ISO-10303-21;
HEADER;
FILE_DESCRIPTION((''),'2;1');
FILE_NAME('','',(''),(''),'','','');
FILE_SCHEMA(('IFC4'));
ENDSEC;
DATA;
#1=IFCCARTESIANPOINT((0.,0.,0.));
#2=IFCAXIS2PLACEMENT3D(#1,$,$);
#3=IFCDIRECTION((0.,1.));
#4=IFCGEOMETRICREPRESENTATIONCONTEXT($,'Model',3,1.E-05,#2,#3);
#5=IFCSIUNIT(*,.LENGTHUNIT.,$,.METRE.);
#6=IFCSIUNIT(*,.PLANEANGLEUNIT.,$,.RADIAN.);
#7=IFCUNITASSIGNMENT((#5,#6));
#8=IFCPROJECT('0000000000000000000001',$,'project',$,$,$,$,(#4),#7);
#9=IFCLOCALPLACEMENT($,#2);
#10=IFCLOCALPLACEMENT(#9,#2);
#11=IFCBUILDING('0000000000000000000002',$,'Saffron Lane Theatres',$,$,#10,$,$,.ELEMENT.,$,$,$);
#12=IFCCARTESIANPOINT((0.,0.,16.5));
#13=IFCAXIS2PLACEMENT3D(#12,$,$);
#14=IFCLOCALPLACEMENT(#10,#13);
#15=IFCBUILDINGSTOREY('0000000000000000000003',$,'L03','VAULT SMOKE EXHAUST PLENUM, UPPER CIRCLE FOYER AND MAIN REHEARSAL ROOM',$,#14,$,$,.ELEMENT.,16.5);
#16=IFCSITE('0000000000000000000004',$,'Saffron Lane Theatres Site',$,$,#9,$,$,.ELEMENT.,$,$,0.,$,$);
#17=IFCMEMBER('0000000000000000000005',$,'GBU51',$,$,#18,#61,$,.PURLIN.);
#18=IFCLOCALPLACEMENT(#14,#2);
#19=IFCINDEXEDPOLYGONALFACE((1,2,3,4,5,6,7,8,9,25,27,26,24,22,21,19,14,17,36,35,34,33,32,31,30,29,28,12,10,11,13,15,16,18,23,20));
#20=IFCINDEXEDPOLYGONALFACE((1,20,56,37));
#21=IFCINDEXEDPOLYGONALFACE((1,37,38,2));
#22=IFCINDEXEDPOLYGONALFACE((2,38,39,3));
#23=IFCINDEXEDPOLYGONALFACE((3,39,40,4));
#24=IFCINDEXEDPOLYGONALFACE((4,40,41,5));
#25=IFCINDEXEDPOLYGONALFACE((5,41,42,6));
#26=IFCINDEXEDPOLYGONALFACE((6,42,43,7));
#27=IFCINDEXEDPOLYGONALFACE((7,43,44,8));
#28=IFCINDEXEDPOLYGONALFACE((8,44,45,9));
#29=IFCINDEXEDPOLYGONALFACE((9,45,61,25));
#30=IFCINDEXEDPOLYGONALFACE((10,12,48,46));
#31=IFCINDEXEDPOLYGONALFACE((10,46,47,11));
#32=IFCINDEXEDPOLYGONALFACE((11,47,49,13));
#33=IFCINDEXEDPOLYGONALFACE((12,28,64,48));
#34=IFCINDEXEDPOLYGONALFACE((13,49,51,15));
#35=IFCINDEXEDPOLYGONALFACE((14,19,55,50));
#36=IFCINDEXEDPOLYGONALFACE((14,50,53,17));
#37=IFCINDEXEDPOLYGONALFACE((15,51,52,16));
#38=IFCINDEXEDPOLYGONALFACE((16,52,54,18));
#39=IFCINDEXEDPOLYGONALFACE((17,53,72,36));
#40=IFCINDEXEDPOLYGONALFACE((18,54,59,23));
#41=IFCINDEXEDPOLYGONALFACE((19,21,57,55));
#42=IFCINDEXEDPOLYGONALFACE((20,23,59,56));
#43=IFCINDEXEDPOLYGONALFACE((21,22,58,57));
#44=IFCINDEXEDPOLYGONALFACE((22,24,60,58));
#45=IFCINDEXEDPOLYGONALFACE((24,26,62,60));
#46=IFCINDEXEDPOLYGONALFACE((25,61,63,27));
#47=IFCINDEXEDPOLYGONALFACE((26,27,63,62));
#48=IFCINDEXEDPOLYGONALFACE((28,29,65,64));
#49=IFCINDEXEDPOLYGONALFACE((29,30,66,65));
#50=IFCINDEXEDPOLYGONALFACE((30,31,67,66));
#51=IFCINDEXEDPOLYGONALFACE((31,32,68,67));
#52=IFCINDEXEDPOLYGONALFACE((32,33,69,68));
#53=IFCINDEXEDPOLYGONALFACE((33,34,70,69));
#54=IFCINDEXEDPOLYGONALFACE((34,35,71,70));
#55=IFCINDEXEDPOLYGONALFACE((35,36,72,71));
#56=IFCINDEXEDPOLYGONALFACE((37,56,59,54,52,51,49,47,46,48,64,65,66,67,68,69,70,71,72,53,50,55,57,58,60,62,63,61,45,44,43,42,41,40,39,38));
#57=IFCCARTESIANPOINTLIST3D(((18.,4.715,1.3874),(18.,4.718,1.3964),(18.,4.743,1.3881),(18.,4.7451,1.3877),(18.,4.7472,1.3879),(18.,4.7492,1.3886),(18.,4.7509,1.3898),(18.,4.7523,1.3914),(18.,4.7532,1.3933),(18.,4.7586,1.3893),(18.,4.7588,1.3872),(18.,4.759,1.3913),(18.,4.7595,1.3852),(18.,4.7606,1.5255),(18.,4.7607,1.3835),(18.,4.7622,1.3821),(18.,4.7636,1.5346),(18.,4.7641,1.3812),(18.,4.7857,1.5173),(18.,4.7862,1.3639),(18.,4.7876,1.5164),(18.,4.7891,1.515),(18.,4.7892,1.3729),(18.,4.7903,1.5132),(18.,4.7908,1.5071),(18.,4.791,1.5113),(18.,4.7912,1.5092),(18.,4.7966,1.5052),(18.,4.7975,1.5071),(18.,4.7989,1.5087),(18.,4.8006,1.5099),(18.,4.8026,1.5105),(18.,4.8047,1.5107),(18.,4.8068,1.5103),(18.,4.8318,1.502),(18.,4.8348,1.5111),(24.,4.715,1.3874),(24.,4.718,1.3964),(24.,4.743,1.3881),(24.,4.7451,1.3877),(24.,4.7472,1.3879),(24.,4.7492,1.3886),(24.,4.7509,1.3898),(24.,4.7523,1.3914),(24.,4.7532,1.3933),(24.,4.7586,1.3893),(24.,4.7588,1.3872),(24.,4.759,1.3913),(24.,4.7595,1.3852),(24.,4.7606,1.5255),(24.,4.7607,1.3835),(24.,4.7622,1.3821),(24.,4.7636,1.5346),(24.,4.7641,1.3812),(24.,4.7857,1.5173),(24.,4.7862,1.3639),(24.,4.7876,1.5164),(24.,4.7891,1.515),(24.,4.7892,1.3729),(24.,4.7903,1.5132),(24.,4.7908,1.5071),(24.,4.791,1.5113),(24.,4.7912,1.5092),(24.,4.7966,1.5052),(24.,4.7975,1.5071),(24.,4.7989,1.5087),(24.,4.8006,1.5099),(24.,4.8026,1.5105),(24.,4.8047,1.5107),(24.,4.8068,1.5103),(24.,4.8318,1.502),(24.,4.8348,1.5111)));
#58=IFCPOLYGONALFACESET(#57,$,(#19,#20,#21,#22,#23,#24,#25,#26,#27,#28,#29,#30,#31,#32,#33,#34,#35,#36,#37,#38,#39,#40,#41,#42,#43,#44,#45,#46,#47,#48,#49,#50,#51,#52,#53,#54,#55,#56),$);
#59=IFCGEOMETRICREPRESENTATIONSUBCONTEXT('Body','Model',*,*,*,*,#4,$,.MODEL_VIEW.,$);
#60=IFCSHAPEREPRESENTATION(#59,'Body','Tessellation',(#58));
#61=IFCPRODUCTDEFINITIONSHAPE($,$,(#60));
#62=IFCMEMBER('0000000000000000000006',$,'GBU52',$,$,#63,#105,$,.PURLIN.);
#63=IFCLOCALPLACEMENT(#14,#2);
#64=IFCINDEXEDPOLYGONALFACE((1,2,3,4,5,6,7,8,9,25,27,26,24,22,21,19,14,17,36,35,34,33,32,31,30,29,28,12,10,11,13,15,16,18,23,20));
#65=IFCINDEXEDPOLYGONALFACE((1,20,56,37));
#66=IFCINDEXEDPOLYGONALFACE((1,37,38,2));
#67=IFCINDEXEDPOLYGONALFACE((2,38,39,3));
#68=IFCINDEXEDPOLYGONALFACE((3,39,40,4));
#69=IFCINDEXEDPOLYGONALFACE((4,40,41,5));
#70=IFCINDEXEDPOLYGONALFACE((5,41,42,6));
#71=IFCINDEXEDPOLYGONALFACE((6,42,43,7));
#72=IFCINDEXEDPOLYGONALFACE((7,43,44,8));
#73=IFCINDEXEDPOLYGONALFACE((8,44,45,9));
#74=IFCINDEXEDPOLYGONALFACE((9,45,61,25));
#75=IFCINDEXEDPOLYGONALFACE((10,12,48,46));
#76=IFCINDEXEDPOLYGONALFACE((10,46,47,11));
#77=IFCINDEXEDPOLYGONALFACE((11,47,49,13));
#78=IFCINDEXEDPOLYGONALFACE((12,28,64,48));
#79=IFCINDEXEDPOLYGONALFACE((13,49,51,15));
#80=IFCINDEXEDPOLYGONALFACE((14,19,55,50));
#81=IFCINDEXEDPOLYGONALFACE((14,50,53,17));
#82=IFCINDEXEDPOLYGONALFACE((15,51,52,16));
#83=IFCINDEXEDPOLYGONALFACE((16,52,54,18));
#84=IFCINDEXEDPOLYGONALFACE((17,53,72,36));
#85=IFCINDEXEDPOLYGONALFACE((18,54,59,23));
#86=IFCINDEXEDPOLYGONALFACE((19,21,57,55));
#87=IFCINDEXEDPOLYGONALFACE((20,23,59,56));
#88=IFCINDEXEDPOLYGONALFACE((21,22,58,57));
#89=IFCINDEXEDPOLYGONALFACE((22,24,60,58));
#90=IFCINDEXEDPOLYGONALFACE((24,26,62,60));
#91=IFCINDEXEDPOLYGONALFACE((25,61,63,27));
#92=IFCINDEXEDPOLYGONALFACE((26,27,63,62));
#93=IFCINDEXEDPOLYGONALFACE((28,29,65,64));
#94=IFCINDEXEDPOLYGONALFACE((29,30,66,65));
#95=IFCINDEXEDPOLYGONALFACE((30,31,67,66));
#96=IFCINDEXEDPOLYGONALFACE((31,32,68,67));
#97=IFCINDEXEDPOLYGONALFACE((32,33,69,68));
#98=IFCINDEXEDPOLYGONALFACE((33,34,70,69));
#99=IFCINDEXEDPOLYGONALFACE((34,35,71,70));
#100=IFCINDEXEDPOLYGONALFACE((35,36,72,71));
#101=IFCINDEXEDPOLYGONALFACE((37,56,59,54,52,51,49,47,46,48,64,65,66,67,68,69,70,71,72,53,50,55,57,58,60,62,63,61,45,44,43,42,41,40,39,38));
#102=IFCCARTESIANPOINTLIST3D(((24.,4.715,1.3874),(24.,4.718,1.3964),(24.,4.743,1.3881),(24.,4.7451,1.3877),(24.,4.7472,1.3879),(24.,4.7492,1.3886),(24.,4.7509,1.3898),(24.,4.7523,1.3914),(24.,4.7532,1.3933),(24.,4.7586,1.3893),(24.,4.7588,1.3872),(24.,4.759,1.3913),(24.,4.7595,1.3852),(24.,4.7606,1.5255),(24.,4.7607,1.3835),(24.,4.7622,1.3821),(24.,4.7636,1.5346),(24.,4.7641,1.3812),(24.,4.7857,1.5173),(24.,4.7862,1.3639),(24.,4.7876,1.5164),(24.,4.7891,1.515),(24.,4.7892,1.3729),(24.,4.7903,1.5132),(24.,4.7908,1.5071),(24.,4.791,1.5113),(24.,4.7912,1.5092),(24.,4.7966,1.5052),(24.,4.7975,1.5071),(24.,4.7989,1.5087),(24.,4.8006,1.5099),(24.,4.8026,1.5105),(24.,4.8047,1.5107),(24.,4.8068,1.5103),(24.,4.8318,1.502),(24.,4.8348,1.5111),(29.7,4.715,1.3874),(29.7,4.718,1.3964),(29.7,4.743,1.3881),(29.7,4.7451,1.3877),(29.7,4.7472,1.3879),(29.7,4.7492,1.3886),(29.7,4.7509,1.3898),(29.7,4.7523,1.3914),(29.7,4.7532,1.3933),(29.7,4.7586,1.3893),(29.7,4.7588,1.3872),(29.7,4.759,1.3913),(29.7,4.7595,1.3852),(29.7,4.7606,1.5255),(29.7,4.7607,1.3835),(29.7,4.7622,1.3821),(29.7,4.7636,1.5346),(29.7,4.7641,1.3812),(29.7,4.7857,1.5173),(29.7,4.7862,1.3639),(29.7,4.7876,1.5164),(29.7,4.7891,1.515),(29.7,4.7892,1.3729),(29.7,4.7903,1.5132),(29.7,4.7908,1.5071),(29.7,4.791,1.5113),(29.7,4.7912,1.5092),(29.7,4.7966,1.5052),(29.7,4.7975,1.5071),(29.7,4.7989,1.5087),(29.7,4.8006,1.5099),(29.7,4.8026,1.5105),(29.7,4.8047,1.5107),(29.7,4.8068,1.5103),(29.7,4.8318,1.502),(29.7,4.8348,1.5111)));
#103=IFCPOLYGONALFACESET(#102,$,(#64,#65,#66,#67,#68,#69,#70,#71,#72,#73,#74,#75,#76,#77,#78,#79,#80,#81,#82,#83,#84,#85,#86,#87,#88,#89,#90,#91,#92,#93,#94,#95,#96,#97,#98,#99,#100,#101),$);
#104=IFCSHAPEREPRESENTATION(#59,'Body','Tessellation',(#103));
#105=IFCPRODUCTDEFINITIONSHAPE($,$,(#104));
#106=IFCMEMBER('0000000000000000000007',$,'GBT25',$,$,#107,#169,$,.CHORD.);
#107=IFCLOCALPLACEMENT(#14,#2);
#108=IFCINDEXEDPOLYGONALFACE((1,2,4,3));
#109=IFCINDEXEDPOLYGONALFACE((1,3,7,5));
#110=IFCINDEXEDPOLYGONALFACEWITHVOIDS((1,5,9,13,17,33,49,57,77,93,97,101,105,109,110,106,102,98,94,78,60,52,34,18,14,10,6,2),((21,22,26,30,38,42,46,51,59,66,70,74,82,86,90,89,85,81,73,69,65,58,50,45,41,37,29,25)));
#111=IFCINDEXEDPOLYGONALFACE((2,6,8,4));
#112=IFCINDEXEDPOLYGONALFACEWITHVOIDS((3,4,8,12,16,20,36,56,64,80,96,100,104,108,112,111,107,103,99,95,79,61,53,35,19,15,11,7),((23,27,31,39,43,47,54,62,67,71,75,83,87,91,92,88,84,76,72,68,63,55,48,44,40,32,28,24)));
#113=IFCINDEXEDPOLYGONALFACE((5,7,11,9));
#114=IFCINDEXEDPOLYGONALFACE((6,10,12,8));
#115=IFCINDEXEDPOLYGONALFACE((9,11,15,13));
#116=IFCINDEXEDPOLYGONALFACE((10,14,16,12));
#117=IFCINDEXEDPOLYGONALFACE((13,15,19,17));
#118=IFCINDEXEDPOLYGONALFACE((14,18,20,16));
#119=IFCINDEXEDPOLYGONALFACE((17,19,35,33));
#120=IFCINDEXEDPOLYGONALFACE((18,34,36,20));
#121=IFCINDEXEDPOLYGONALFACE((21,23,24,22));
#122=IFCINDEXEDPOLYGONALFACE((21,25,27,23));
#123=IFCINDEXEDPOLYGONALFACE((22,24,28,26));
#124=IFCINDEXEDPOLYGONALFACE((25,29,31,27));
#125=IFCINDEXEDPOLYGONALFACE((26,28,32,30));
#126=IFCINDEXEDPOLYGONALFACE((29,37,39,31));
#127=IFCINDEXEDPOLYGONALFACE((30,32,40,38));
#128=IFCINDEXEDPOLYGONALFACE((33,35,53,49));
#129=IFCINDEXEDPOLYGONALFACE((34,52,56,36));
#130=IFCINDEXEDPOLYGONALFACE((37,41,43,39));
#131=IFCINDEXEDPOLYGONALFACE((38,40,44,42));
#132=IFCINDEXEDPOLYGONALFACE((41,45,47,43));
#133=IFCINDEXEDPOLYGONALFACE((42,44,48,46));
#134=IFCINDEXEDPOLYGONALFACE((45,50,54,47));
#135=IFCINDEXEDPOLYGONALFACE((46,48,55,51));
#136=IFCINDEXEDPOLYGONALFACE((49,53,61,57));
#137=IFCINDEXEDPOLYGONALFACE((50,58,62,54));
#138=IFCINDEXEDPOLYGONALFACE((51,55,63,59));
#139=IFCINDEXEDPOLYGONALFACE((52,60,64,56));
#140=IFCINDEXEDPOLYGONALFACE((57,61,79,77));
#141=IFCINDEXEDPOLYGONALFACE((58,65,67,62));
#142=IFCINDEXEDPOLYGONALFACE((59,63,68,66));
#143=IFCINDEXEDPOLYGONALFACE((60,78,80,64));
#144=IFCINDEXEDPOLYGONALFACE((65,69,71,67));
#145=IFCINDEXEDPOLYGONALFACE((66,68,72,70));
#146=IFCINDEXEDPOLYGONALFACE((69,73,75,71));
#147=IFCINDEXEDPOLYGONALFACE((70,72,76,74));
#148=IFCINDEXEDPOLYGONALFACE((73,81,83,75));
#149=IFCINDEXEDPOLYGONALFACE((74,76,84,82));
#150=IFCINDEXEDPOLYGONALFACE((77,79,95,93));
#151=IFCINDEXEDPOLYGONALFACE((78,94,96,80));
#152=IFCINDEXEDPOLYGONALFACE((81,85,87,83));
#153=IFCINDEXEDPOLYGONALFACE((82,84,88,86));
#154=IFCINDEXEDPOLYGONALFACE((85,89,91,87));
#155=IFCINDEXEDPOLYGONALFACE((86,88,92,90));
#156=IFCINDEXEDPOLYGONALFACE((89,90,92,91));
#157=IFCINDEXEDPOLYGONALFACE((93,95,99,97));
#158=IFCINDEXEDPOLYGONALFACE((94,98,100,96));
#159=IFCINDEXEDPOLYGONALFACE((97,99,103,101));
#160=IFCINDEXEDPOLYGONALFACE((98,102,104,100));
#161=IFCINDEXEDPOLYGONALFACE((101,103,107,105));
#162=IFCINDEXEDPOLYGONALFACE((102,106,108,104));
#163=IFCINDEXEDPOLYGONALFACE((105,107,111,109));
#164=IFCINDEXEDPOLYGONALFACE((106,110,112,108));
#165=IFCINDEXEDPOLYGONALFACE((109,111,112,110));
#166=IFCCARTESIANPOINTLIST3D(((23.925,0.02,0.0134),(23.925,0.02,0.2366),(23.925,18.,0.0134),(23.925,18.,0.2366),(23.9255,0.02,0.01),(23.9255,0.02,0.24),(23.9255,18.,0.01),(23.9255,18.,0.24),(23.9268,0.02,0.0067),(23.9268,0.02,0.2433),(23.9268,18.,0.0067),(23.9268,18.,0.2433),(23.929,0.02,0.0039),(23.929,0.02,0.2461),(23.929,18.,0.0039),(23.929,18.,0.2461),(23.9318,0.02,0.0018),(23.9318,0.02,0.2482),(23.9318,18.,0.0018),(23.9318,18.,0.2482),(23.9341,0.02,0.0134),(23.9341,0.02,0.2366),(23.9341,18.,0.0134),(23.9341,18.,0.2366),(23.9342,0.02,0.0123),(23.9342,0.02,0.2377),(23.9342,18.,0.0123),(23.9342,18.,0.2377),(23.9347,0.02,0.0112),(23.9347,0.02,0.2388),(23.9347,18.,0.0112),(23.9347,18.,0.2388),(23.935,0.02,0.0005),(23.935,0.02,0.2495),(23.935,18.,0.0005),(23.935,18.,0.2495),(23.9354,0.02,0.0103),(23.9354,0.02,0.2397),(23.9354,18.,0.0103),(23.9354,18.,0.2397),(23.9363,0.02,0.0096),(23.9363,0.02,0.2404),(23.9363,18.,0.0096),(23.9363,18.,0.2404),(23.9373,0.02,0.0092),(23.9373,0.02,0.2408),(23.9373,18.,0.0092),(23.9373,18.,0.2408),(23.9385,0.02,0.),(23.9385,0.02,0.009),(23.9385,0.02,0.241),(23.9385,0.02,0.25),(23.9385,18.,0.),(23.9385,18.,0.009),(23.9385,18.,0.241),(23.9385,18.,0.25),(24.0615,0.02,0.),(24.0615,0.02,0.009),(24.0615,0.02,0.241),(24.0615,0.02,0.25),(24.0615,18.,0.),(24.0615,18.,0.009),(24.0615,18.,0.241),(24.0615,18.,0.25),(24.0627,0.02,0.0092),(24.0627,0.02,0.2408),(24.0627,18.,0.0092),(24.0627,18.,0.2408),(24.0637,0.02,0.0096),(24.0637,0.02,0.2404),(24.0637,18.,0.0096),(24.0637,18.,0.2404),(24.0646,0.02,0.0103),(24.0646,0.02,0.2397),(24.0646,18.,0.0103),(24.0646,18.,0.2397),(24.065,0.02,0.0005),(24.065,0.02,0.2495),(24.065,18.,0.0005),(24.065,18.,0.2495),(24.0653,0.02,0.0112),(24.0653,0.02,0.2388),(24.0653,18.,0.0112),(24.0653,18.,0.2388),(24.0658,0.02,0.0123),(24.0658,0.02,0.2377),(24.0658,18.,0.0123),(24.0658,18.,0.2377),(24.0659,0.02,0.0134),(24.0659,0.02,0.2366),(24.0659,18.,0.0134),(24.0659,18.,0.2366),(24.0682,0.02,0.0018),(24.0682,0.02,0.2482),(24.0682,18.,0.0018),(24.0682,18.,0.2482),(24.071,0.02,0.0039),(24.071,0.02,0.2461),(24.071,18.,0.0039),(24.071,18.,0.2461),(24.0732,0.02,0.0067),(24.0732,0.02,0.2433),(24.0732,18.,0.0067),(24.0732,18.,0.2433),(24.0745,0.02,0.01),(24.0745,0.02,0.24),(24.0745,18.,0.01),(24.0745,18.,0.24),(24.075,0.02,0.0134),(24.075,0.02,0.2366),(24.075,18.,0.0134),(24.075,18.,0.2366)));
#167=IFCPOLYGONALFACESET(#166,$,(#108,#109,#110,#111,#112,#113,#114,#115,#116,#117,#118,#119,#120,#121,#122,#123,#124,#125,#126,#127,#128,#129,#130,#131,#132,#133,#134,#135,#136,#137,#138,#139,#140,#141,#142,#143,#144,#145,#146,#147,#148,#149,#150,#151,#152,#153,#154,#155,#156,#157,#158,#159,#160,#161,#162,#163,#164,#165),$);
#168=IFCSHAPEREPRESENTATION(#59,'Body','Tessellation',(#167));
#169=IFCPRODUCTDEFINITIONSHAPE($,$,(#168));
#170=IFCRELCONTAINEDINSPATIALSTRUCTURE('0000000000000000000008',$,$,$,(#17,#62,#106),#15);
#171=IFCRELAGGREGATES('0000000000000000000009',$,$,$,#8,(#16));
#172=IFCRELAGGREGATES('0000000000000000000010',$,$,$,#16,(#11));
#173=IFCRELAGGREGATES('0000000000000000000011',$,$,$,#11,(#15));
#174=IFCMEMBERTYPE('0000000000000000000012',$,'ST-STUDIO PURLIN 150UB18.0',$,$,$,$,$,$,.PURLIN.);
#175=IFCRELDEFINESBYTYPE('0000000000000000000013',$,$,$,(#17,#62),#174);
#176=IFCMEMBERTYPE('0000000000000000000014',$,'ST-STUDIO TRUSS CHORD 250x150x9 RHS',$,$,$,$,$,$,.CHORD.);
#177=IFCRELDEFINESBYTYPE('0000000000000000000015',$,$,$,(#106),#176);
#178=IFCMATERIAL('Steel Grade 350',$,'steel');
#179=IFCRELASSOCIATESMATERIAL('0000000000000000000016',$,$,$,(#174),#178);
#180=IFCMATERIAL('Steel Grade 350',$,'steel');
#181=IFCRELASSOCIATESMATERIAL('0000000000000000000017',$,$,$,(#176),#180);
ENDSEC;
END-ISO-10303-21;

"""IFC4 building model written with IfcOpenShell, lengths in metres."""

from ifc_helpers import new_model, si_unit, direction, frame, origin, origin_2d, place, context, subcontext, project, spatial, hollow_rectangle, i_section, extrude, material, material_profile, profile_set, type_object, element, save


model = new_model("IFC4")

# Units and contexts
model_context = context("Model", 3, precision=1e-05, world=origin(), true_north=direction((0.0, 1.0)))
body_context = subcontext(model_context, "Body", "Model", "MODEL_VIEW")
ifc_project = project(units=[si_unit("LENGTHUNIT", "METRE"), si_unit("PLANEANGLEUNIT", "RADIAN")], contexts=[model_context])

# Site, building, storey
site_placement = place(None, origin())
site = spatial("IfcSite", under=ifc_project, at=site_placement, Name="Saffron Lane Theatres Site", CompositionType="ELEMENT", RefElevation=0.0)
building_placement = place(site_placement, origin())
building = spatial("IfcBuilding", under=site, at=building_placement, Name="Saffron Lane Theatres", CompositionType="ELEMENT")
storey_placement = place(building_placement, frame((0.0, 0.0, 16.5)))
storey = spatial("IfcBuildingStorey", under=building, at=storey_placement, Name="L03", Description="VAULT SMOKE EXHAUST PLENUM, UPPER CIRCLE FOYER AND MAIN REHEARSAL ROOM", CompositionType="ELEMENT", Elevation=16.5)

# Members
ifc_material_1 = material(Name="Steel Grade 350", Category="steel")
ifc_material_profile_1 = material_profile(ifc_material_1, i_section(OverallWidth=0.075, OverallDepth=0.155, WebThickness=0.0061, FlangeThickness=0.0095, FilletRadius=0.0081, at=origin_2d()))
ifc_profile_set_1 = profile_set([ifc_material_profile_1], Name="Steel Grade 350")
member_type_1 = type_object("IfcMemberType", Name="ST-STUDIO PURLIN 150UB18.0", PredefinedType="PURLIN", material=ifc_profile_set_1)
member_1_placement = place(storey_placement, frame((18.0, 4.7749, 1.4492), z_axis=(1.0, 0.0, 0.0), x_axis=(0.0, 0.949629, -0.313377)))
element("IfcMember", 1, at=member_1_placement, inside=storey, type_object=member_type_1, Name="GBU51", PredefinedType="PURLIN", context=body_context, shape_type="SweptSolid", body=[
    extrude(i_section(OverallWidth=0.075, OverallDepth=0.155, WebThickness=0.0061, FlangeThickness=0.0095, FilletRadius=0.0081, at=origin_2d()), origin(), (0.0, 0.0, 1.0), 6.0),
])
member_2_placement = place(storey_placement, frame((24.0, 4.7749, 1.4492), z_axis=(1.0, 0.0, 0.0), x_axis=(0.0, 0.949629, -0.313377)))
element("IfcMember", 2, at=member_2_placement, inside=storey, type_object=member_type_1, Name="GBU52", PredefinedType="PURLIN", context=body_context, shape_type="SweptSolid", body=[
    extrude(i_section(OverallWidth=0.075, OverallDepth=0.155, WebThickness=0.0061, FlangeThickness=0.0095, FilletRadius=0.0081, at=origin_2d()), origin(), (0.0, 0.0, 1.0), 5.7),
])
ifc_material_2 = material(Name="Steel Grade 350", Category="steel")
ifc_material_profile_2 = material_profile(ifc_material_2, hollow_rectangle(XDim=0.1499, YDim=0.25, WallThickness=0.009, InnerFilletRadius=0.0044, OuterFilletRadius=0.0134, at=origin_2d()))
ifc_profile_set_2 = profile_set([ifc_material_profile_2], Name="Steel Grade 350")
member_type_2 = type_object("IfcMemberType", Name="ST-STUDIO TRUSS CHORD 250x150x9 RHS", PredefinedType="CHORD", material=ifc_profile_set_2)
member_3_placement = place(storey_placement, frame((24.0, 0.02, 0.125), z_axis=(0.0, 1.0, 0.0), x_axis=(-1.0, 0.0, 0.0)))
element("IfcMember", 3, at=member_3_placement, inside=storey, type_object=member_type_2, Name="GBT25", PredefinedType="CHORD", context=body_context, shape_type="SweptSolid", body=[
    extrude(hollow_rectangle(XDim=0.1499, YDim=0.25, WallThickness=0.009, InnerFilletRadius=0.0044, OuterFilletRadius=0.0134, at=origin_2d()), origin(), (0.0, 0.0, 1.0), 17.98),
])

save(model, "model.ifc")
